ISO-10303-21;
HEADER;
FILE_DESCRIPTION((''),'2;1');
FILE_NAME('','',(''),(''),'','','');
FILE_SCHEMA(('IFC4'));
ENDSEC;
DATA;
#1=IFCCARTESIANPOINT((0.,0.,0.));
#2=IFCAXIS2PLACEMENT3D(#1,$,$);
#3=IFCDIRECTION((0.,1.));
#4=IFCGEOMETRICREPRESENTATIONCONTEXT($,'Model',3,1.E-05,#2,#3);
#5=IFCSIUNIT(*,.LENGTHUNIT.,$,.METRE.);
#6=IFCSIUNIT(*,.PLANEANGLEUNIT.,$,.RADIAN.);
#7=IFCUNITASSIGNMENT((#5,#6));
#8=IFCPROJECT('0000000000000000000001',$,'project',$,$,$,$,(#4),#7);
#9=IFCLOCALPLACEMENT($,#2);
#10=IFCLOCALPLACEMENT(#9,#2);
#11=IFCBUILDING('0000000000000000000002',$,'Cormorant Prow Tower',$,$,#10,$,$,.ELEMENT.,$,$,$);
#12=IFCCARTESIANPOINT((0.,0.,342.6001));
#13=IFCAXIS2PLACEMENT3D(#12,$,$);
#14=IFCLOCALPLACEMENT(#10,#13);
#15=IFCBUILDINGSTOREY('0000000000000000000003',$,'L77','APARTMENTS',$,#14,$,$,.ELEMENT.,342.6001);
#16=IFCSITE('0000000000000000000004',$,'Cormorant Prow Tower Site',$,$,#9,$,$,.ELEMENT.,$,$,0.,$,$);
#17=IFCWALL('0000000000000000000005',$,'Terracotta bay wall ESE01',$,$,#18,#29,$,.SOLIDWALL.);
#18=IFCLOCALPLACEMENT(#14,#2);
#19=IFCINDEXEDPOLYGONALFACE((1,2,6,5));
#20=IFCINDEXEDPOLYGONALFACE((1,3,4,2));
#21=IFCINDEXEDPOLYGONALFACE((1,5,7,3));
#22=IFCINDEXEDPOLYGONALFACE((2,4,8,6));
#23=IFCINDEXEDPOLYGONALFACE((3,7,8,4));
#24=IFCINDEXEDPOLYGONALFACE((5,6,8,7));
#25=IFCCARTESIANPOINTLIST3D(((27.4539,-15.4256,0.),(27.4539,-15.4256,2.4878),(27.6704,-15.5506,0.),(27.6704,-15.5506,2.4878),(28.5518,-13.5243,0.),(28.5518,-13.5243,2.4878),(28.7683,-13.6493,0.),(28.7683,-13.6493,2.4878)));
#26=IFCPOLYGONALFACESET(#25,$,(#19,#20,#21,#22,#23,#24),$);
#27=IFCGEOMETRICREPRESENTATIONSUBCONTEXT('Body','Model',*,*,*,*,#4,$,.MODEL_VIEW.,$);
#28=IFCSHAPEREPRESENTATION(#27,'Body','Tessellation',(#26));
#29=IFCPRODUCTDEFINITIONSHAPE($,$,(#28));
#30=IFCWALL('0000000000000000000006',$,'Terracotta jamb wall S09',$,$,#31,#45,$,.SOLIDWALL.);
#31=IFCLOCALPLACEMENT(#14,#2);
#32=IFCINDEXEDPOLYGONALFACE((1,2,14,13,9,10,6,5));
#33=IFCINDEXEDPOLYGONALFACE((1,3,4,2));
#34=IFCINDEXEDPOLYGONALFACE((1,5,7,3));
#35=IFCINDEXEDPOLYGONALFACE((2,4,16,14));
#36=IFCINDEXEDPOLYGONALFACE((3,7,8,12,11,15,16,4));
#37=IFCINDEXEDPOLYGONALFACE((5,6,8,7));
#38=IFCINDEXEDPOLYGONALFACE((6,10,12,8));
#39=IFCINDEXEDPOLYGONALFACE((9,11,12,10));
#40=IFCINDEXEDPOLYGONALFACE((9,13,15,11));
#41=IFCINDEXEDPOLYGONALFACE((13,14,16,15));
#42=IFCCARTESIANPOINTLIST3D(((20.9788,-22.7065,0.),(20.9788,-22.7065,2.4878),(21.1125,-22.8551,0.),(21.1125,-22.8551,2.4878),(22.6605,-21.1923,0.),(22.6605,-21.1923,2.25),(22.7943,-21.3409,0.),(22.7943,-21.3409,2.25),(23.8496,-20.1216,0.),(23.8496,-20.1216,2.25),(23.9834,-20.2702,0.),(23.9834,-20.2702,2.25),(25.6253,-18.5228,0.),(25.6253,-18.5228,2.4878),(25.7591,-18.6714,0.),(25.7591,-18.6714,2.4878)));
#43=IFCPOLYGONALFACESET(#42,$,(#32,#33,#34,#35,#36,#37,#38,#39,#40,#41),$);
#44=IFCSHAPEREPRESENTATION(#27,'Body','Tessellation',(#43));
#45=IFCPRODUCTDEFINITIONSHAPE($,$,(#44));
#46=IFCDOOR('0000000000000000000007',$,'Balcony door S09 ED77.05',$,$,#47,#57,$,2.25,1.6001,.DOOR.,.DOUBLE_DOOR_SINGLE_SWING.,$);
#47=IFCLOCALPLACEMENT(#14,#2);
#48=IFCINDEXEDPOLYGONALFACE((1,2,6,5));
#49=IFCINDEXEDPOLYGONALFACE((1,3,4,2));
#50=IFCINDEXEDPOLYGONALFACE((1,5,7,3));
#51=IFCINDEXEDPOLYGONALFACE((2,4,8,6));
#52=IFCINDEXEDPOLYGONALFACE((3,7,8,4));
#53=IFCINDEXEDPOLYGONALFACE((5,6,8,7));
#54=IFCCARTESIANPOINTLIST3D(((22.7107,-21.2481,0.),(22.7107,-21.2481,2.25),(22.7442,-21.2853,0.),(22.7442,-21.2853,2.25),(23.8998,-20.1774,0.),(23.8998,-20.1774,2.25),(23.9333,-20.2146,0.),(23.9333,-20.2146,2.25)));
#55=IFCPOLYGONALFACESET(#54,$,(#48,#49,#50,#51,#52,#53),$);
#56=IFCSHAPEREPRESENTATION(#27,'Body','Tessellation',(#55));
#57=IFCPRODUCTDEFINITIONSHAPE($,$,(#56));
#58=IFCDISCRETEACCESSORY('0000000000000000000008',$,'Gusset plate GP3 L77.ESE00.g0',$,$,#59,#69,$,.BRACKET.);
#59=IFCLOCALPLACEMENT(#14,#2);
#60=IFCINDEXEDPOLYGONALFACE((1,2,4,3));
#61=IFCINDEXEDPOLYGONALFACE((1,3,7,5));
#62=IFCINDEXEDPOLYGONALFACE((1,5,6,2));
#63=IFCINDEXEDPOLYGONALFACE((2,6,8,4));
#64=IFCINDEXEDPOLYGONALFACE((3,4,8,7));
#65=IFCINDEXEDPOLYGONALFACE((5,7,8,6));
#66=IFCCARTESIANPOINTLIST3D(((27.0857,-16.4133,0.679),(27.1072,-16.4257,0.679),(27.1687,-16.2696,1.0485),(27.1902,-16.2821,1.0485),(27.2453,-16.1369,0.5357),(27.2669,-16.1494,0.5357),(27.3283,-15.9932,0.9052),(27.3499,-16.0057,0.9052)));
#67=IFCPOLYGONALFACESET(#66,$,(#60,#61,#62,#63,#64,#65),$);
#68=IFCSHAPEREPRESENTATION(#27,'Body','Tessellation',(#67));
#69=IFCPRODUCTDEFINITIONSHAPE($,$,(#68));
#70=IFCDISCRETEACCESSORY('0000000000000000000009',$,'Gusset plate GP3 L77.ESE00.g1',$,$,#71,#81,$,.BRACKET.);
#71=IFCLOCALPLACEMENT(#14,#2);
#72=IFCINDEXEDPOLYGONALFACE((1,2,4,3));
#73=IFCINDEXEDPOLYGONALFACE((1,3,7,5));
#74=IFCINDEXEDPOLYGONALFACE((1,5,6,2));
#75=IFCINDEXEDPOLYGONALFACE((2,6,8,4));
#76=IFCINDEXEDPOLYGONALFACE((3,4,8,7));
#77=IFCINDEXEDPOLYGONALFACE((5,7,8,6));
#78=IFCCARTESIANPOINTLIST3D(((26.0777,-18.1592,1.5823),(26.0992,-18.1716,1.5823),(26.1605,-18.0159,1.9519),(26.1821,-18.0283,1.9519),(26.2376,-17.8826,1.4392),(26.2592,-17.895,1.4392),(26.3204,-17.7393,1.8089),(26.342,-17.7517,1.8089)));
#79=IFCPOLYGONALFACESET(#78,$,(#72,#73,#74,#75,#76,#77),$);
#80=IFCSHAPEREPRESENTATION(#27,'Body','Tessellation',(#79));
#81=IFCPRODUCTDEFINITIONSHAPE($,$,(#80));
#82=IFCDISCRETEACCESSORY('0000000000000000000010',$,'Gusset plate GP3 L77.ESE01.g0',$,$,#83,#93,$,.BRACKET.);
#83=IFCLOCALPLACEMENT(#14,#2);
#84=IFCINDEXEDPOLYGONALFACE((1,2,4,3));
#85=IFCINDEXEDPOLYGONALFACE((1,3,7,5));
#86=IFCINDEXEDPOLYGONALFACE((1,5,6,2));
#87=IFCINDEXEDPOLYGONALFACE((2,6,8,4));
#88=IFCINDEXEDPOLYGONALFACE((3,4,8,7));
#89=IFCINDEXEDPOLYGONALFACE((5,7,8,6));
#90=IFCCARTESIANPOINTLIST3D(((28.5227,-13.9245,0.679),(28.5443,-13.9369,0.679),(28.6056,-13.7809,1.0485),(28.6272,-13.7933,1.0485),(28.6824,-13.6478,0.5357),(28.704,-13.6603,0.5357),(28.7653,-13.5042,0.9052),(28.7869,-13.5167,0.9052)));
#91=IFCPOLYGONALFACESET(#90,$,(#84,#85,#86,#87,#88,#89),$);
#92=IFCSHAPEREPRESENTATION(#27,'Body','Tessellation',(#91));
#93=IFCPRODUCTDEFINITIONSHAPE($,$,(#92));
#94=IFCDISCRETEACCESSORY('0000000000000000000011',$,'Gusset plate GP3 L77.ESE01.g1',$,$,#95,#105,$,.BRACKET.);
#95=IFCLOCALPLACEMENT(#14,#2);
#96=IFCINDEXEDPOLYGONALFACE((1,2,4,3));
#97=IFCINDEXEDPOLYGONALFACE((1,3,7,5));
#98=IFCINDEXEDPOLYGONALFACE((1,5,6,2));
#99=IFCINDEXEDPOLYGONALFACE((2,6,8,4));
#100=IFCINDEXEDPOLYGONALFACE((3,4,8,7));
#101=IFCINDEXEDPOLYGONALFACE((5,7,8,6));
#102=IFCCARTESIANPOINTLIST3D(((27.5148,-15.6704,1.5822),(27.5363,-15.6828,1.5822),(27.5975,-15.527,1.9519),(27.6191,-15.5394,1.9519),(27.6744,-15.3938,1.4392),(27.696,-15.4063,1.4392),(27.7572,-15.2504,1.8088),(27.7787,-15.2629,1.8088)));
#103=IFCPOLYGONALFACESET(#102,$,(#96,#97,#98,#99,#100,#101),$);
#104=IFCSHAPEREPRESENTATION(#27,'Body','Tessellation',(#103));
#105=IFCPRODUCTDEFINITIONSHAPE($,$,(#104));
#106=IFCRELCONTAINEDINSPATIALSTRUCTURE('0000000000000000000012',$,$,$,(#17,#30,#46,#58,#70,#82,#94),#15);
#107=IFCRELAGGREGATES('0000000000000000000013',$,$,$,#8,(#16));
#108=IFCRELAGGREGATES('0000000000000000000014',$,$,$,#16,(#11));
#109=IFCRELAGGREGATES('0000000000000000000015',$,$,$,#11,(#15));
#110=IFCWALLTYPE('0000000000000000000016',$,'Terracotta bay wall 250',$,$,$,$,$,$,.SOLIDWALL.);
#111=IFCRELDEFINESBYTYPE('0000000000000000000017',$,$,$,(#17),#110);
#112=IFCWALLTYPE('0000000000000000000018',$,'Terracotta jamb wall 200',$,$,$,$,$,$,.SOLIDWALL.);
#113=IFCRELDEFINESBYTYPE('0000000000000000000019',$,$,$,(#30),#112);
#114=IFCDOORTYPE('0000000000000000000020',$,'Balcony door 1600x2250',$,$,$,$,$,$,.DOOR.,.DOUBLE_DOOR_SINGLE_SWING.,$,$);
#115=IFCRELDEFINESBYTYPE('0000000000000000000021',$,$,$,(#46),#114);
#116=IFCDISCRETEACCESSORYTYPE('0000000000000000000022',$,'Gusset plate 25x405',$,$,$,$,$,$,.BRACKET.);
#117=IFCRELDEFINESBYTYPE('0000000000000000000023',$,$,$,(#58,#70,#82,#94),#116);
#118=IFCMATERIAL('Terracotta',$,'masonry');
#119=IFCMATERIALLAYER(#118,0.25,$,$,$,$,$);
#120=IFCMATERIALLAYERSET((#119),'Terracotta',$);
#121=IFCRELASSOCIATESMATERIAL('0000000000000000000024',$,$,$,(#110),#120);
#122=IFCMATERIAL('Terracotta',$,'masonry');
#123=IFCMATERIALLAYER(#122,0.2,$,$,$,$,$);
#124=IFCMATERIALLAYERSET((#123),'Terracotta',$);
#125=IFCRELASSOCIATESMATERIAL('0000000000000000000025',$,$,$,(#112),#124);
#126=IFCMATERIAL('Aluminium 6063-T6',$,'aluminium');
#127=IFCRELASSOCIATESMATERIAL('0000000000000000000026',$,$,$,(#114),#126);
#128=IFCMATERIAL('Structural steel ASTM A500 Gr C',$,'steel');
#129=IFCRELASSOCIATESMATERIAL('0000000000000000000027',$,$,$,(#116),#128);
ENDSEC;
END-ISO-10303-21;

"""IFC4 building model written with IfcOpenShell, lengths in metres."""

from ifc_helpers import new_model, si_unit, direction, frame, frame_2d, origin, origin_2d, place, context, subcontext, project, spatial, rectangle, extrude, material, layer, layer_set, material_profile, profile_set, type_object, element, fill, save


model = new_model("IFC4")

# Units and contexts
model_context = context("Model", 3, precision=1e-05, world=origin(), true_north=direction((0.0, 1.0)))
body_context = subcontext(model_context, "Body", "Model", "MODEL_VIEW")
ifc_project = project(units=[si_unit("LENGTHUNIT", "METRE"), si_unit("PLANEANGLEUNIT", "RADIAN")], contexts=[model_context])

# Site, building, storey
site_placement = place(None, origin())
site = spatial("IfcSite", under=ifc_project, at=site_placement, Name="Cormorant Prow Tower Site", CompositionType="ELEMENT", RefElevation=0.0)
building_placement = place(site_placement, origin())
building = spatial("IfcBuilding", under=site, at=building_placement, Name="Cormorant Prow Tower", CompositionType="ELEMENT")
storey_placement = place(building_placement, frame((0.0, 0.0, 342.6001)))
storey = spatial("IfcBuildingStorey", under=building, at=storey_placement, Name="L77", Description="APARTMENTS", CompositionType="ELEMENT", Elevation=342.6001)

# Shared definitions
ifc_material_1 = material(Name="Terracotta", Category="masonry")
ifc_layer_1 = layer(ifc_material_1, 0.25)
ifc_layer_set_1 = layer_set([ifc_layer_1], Name="Terracotta")
wall_type_1 = type_object("IfcWallType", Name="Terracotta bay wall 250", PredefinedType="SOLIDWALL", material=ifc_layer_set_1)

# Wall
wall_1_placement = place(storey_placement, frame((27.5623, -15.488, 0.0), z_axis=(0.0, 0.0, 1.0), x_axis=(0.50005, 0.865997, 0.0)))
element("IfcWall", 1, at=wall_1_placement, inside=storey, type_object=wall_type_1, Name="Terracotta bay wall ESE01", PredefinedType="SOLIDWALL", context=body_context, shape_type="SweptSolid", body=[
    extrude(rectangle(XDim=2.1956, YDim=0.25, at=frame_2d((1.0977, 0.0))), origin(), (0.0, 0.0, 1.0), 2.4878),
])

# Wall, opening, door
ifc_material_2 = material(Name="Terracotta", Category="masonry")
ifc_layer_2 = layer(ifc_material_2, 0.2)
ifc_layer_set_2 = layer_set([ifc_layer_2], Name="Terracotta")
wall_type_2 = type_object("IfcWallType", Name="Terracotta jamb wall 200", PredefinedType="SOLIDWALL", material=ifc_layer_set_2)
wall_2_placement = place(storey_placement, frame((21.0457, -22.7808, 0.0), z_axis=(0.0, 0.0, 1.0), x_axis=(0.743154, 0.66912, 0.0)))
wall_2 = element("IfcWall", 2, at=wall_2_placement, inside=storey, type_object=wall_type_2, Name="Terracotta jamb wall S09", PredefinedType="SOLIDWALL", context=body_context, shape_type="SweptSolid", body=[
    extrude(rectangle(XDim=6.2524, YDim=0.2, at=frame_2d((3.1262, 0.0))), origin(), (0.0, 0.0, 1.0), 2.4878),
])
opening_1_placement = place(wall_2_placement, frame((2.2629, 0.0, 0.0)))
opening_1 = element("IfcOpeningElement", 3, at=opening_1_placement, cuts=wall_2, PredefinedType="OPENING", context=body_context, shape_type="SweptSolid", body=[
    extrude(rectangle(XDim=1.6001, YDim=2.25, at=frame_2d((0.8, 1.125))), frame((0.0, 0.1099, 0.0), z_axis=(0.0, -1.0, 0.0), x_axis=(1.0, 0.0, 0.0)), (0.0, 0.0, 1.0), 0.22),
])
ifc_material_3 = material(Name="Aluminium 6063-T6", Category="aluminium")
door_type_1 = type_object("IfcDoorType", Name="Balcony door 1600x2250", OperationType="DOUBLE_DOOR_SINGLE_SWING", PredefinedType="DOOR", material=ifc_material_3)
door_1_placement = place(opening_1_placement, origin())
door_1 = element("IfcDoor", 4, at=door_1_placement, inside=storey, type_object=door_type_1, Name="Balcony door S09 ED77.05", OperationType="DOUBLE_DOOR_SINGLE_SWING", OverallHeight=2.25, OverallWidth=1.6001, PredefinedType="DOOR", context=body_context, shape_type="SweptSolid", body=[
    extrude(rectangle(XDim=1.6001, YDim=2.25, at=frame_2d((0.8, 1.125))), frame((0.0, 0.0249, 0.0), z_axis=(0.0, -1.0, 0.0), x_axis=(1.0, 0.0, 0.0)), (0.0, 0.0, 1.0), 0.05),
])
fill(opening_1, door_1)

# Discrete accessories
ifc_material_4 = material(Name="Structural steel ASTM A500 Gr C", Category="steel")
ifc_material_profile_1 = material_profile(ifc_material_4, rectangle(XDim=0.0249, YDim=0.405, at=origin_2d()), Name="Gusset plate 25x405")
ifc_profile_set_1 = profile_set([ifc_material_profile_1], Name="Structural steel ASTM A500 Gr C")
discrete_accessory_type = type_object("IfcDiscreteAccessoryType", Name="Gusset plate 25x405", PredefinedType="BRACKET", material=ifc_profile_set_1)
discrete_accessory_1_placement = place(storey_placement, frame((27.1379, -16.3477, 0.8638), z_axis=(0.456361, 0.789909, -0.409608), x_axis=(-0.86588, 0.500252, 0.0)))
element("IfcDiscreteAccessory", 5, at=discrete_accessory_1_placement, inside=storey, type_object=discrete_accessory_type, Name="Gusset plate GP3 L77.ESE00.g0", PredefinedType="BRACKET", context=body_context, shape_type="SweptSolid", body=[
    extrude(rectangle(XDim=0.0249, YDim=0.405, at=origin_2d()), origin(), (0.0, 0.0, 1.0), 0.3499),
])
for number, where, z_axis, x_axis, name in (
    (6, (26.2898, -17.8171, 1.624), (-0.456792, -0.790145, 0.408672), (0.86574, -0.500494, 0.0), "Gusset plate GP3 L77.ESE00.g1"),
    (7, (28.575, -13.8589, 0.8638), (0.456109, 0.790171, -0.409383), (-0.866071, 0.499921, 0.0), "Gusset plate GP3 L77.ESE01.g0"),
):
    element("IfcDiscreteAccessory", number, at=place(storey_placement, frame(where, z_axis=z_axis, x_axis=x_axis)), inside=storey, type_object=discrete_accessory_type, Name=name, PredefinedType="BRACKET", context=body_context, shape_type="SweptSolid", body=[
        extrude(rectangle(XDim=0.0249, YDim=0.405, at=origin_2d()), origin(), (0.0, 0.0, 1.0), 0.3501),
    ])
discrete_accessory_2_placement = place(storey_placement, frame((27.7266, -15.3284, 1.624), z_axis=(-0.456239, -0.790397, 0.408802), x_axis=(0.866071, -0.499921, 0.0)))
element("IfcDiscreteAccessory", 8, at=discrete_accessory_2_placement, inside=storey, type_object=discrete_accessory_type, Name="Gusset plate GP3 L77.ESE01.g1", PredefinedType="BRACKET", context=body_context, shape_type="SweptSolid", body=[
    extrude(rectangle(XDim=0.0249, YDim=0.405, at=origin_2d()), origin(), (0.0, 0.0, 1.0), 0.3499),
])

save(model, "model.ifc")
